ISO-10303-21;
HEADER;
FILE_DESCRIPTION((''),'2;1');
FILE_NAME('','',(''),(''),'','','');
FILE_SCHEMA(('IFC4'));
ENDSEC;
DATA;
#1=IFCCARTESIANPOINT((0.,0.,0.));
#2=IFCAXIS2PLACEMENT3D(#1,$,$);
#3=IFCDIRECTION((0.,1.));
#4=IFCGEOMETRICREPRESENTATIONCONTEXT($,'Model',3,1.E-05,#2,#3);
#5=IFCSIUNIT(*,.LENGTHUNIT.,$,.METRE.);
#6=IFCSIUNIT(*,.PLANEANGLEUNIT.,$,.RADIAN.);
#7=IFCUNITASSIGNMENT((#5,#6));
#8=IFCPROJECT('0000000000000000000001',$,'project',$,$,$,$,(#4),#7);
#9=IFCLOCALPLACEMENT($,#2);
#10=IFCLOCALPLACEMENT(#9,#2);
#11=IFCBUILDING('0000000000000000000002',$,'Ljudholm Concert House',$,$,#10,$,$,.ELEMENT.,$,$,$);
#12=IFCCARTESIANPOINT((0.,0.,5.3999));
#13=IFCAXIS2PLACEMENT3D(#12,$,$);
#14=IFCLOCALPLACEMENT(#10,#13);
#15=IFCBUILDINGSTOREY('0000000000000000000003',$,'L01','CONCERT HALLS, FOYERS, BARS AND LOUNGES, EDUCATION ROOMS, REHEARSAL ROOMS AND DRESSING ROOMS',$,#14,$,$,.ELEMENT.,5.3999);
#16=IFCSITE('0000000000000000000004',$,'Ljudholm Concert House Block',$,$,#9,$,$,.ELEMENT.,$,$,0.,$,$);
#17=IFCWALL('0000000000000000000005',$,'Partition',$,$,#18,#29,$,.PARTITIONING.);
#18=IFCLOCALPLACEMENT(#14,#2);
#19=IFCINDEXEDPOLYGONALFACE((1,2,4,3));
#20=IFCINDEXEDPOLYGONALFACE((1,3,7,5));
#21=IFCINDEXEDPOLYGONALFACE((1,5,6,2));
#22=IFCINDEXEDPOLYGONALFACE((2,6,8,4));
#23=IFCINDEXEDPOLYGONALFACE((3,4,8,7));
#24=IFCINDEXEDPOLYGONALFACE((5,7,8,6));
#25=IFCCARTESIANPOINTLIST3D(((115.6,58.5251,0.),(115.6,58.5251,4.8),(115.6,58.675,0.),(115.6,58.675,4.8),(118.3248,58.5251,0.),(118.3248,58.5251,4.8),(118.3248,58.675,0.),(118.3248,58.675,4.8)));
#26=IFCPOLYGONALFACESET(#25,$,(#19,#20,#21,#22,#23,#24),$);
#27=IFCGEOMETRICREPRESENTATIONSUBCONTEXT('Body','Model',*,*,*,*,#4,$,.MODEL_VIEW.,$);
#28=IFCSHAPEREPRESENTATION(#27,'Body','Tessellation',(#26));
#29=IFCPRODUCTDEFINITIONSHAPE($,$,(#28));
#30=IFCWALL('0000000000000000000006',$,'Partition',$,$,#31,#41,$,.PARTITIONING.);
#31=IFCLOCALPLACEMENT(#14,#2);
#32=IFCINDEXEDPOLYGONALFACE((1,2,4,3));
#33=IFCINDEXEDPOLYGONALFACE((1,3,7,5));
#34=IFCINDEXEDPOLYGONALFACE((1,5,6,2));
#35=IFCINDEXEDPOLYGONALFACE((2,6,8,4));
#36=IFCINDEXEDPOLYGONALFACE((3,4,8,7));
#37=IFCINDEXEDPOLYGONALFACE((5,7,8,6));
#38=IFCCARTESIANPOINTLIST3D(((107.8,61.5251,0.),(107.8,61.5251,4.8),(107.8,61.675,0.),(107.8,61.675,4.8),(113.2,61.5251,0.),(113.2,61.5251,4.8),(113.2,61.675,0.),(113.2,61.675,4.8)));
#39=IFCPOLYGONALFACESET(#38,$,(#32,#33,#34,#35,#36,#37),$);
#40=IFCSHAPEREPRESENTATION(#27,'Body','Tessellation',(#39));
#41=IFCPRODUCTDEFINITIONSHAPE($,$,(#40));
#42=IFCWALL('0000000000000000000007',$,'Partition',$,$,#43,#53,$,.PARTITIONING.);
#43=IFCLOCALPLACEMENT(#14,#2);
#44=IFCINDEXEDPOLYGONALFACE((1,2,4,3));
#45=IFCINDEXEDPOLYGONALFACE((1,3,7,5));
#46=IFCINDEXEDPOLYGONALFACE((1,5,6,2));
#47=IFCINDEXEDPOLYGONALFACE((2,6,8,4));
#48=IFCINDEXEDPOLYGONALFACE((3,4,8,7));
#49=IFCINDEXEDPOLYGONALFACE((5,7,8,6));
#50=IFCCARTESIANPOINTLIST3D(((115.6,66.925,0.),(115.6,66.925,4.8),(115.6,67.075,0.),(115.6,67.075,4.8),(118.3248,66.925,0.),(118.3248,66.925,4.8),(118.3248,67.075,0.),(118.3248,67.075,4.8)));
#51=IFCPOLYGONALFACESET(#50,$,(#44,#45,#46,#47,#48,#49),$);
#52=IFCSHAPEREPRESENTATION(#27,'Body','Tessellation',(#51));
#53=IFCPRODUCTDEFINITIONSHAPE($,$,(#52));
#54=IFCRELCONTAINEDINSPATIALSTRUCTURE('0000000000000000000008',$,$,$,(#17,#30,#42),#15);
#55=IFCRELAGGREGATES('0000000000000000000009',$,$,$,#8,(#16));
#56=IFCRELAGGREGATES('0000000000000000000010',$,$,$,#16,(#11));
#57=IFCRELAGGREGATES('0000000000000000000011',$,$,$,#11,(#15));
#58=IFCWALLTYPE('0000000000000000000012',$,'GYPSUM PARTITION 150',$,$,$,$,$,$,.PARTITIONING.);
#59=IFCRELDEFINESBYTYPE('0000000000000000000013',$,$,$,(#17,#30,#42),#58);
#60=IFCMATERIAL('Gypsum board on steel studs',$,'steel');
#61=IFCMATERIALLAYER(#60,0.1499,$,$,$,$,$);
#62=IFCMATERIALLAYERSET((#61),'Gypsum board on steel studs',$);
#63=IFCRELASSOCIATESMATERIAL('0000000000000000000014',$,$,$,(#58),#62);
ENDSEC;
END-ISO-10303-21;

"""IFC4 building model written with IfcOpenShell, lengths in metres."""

from ifc_helpers import new_model, si_unit, direction, frame, frame_2d, origin, place, context, subcontext, project, spatial, rectangle, extrude, material, layer, layer_set, type_object, element, save


model = new_model("IFC4")

# Units and contexts
model_context = context("Model", 3, precision=1e-05, world=origin(), true_north=direction((0.0, 1.0)))
body_context = subcontext(model_context, "Body", "Model", "MODEL_VIEW")
ifc_project = project(units=[si_unit("LENGTHUNIT", "METRE"), si_unit("PLANEANGLEUNIT", "RADIAN")], contexts=[model_context])

# Site, building, storey
site_placement = place(None, origin())
site = spatial("IfcSite", under=ifc_project, at=site_placement, Name="Ljudholm Concert House Block", CompositionType="ELEMENT", RefElevation=0.0)
building_placement = place(site_placement, origin())
building = spatial("IfcBuilding", under=site, at=building_placement, Name="Ljudholm Concert House", CompositionType="ELEMENT")
storey_placement = place(building_placement, frame((0.0, 0.0, 5.3999)))
storey = spatial("IfcBuildingStorey", under=building, at=storey_placement, Name="L01", Description="CONCERT HALLS, FOYERS, BARS AND LOUNGES, EDUCATION ROOMS, REHEARSAL ROOMS AND DRESSING ROOMS", CompositionType="ELEMENT", Elevation=5.3999)

# Shared definitions
ifc_material_1 = material(Name="Gypsum board on steel studs", Category="steel")
ifc_layer = layer(ifc_material_1, 0.1499)
ifc_layer_set = layer_set([ifc_layer], Name="Gypsum board on steel studs")
wall_type = type_object("IfcWallType", Name="GYPSUM PARTITION 150", PredefinedType="PARTITIONING", material=ifc_layer_set)

# Walls
wall_1_placement = place(storey_placement, frame((115.6001, 58.6001, 0.0), z_axis=(0.0, 0.0, 1.0), x_axis=(1.0, 0.0, 0.0)))
element("IfcWall", 1, at=wall_1_placement, inside=storey, type_object=wall_type, Name="Partition", PredefinedType="PARTITIONING", context=body_context, shape_type="SweptSolid", body=[
    extrude(rectangle(XDim=2.7249, YDim=0.1499, at=frame_2d((1.3623, 0.0))), origin(), (0.0, 0.0, 1.0), 4.8),
])
wall_2_placement = place(storey_placement, frame((107.8, 61.6001, 0.0), z_axis=(0.0, 0.0, 1.0), x_axis=(1.0, 0.0, 0.0)))
element("IfcWall", 2, at=wall_2_placement, inside=storey, type_object=wall_type, Name="Partition", PredefinedType="PARTITIONING", context=body_context, shape_type="SweptSolid", body=[
    extrude(rectangle(XDim=5.3999, YDim=0.1499, at=frame_2d((2.7, 0.0))), origin(), (0.0, 0.0, 1.0), 4.8),
])
wall_3_placement = place(storey_placement, frame((115.6001, 67.0, 0.0), z_axis=(0.0, 0.0, 1.0), x_axis=(1.0, 0.0, 0.0)))
element("IfcWall", 3, at=wall_3_placement, inside=storey, type_object=wall_type, Name="Partition", PredefinedType="PARTITIONING", context=body_context, shape_type="SweptSolid", body=[
    extrude(rectangle(XDim=2.7249, YDim=0.1499, at=frame_2d((1.3623, 0.0))), origin(), (0.0, 0.0, 1.0), 4.8),
])

save(model, "model.ifc")
